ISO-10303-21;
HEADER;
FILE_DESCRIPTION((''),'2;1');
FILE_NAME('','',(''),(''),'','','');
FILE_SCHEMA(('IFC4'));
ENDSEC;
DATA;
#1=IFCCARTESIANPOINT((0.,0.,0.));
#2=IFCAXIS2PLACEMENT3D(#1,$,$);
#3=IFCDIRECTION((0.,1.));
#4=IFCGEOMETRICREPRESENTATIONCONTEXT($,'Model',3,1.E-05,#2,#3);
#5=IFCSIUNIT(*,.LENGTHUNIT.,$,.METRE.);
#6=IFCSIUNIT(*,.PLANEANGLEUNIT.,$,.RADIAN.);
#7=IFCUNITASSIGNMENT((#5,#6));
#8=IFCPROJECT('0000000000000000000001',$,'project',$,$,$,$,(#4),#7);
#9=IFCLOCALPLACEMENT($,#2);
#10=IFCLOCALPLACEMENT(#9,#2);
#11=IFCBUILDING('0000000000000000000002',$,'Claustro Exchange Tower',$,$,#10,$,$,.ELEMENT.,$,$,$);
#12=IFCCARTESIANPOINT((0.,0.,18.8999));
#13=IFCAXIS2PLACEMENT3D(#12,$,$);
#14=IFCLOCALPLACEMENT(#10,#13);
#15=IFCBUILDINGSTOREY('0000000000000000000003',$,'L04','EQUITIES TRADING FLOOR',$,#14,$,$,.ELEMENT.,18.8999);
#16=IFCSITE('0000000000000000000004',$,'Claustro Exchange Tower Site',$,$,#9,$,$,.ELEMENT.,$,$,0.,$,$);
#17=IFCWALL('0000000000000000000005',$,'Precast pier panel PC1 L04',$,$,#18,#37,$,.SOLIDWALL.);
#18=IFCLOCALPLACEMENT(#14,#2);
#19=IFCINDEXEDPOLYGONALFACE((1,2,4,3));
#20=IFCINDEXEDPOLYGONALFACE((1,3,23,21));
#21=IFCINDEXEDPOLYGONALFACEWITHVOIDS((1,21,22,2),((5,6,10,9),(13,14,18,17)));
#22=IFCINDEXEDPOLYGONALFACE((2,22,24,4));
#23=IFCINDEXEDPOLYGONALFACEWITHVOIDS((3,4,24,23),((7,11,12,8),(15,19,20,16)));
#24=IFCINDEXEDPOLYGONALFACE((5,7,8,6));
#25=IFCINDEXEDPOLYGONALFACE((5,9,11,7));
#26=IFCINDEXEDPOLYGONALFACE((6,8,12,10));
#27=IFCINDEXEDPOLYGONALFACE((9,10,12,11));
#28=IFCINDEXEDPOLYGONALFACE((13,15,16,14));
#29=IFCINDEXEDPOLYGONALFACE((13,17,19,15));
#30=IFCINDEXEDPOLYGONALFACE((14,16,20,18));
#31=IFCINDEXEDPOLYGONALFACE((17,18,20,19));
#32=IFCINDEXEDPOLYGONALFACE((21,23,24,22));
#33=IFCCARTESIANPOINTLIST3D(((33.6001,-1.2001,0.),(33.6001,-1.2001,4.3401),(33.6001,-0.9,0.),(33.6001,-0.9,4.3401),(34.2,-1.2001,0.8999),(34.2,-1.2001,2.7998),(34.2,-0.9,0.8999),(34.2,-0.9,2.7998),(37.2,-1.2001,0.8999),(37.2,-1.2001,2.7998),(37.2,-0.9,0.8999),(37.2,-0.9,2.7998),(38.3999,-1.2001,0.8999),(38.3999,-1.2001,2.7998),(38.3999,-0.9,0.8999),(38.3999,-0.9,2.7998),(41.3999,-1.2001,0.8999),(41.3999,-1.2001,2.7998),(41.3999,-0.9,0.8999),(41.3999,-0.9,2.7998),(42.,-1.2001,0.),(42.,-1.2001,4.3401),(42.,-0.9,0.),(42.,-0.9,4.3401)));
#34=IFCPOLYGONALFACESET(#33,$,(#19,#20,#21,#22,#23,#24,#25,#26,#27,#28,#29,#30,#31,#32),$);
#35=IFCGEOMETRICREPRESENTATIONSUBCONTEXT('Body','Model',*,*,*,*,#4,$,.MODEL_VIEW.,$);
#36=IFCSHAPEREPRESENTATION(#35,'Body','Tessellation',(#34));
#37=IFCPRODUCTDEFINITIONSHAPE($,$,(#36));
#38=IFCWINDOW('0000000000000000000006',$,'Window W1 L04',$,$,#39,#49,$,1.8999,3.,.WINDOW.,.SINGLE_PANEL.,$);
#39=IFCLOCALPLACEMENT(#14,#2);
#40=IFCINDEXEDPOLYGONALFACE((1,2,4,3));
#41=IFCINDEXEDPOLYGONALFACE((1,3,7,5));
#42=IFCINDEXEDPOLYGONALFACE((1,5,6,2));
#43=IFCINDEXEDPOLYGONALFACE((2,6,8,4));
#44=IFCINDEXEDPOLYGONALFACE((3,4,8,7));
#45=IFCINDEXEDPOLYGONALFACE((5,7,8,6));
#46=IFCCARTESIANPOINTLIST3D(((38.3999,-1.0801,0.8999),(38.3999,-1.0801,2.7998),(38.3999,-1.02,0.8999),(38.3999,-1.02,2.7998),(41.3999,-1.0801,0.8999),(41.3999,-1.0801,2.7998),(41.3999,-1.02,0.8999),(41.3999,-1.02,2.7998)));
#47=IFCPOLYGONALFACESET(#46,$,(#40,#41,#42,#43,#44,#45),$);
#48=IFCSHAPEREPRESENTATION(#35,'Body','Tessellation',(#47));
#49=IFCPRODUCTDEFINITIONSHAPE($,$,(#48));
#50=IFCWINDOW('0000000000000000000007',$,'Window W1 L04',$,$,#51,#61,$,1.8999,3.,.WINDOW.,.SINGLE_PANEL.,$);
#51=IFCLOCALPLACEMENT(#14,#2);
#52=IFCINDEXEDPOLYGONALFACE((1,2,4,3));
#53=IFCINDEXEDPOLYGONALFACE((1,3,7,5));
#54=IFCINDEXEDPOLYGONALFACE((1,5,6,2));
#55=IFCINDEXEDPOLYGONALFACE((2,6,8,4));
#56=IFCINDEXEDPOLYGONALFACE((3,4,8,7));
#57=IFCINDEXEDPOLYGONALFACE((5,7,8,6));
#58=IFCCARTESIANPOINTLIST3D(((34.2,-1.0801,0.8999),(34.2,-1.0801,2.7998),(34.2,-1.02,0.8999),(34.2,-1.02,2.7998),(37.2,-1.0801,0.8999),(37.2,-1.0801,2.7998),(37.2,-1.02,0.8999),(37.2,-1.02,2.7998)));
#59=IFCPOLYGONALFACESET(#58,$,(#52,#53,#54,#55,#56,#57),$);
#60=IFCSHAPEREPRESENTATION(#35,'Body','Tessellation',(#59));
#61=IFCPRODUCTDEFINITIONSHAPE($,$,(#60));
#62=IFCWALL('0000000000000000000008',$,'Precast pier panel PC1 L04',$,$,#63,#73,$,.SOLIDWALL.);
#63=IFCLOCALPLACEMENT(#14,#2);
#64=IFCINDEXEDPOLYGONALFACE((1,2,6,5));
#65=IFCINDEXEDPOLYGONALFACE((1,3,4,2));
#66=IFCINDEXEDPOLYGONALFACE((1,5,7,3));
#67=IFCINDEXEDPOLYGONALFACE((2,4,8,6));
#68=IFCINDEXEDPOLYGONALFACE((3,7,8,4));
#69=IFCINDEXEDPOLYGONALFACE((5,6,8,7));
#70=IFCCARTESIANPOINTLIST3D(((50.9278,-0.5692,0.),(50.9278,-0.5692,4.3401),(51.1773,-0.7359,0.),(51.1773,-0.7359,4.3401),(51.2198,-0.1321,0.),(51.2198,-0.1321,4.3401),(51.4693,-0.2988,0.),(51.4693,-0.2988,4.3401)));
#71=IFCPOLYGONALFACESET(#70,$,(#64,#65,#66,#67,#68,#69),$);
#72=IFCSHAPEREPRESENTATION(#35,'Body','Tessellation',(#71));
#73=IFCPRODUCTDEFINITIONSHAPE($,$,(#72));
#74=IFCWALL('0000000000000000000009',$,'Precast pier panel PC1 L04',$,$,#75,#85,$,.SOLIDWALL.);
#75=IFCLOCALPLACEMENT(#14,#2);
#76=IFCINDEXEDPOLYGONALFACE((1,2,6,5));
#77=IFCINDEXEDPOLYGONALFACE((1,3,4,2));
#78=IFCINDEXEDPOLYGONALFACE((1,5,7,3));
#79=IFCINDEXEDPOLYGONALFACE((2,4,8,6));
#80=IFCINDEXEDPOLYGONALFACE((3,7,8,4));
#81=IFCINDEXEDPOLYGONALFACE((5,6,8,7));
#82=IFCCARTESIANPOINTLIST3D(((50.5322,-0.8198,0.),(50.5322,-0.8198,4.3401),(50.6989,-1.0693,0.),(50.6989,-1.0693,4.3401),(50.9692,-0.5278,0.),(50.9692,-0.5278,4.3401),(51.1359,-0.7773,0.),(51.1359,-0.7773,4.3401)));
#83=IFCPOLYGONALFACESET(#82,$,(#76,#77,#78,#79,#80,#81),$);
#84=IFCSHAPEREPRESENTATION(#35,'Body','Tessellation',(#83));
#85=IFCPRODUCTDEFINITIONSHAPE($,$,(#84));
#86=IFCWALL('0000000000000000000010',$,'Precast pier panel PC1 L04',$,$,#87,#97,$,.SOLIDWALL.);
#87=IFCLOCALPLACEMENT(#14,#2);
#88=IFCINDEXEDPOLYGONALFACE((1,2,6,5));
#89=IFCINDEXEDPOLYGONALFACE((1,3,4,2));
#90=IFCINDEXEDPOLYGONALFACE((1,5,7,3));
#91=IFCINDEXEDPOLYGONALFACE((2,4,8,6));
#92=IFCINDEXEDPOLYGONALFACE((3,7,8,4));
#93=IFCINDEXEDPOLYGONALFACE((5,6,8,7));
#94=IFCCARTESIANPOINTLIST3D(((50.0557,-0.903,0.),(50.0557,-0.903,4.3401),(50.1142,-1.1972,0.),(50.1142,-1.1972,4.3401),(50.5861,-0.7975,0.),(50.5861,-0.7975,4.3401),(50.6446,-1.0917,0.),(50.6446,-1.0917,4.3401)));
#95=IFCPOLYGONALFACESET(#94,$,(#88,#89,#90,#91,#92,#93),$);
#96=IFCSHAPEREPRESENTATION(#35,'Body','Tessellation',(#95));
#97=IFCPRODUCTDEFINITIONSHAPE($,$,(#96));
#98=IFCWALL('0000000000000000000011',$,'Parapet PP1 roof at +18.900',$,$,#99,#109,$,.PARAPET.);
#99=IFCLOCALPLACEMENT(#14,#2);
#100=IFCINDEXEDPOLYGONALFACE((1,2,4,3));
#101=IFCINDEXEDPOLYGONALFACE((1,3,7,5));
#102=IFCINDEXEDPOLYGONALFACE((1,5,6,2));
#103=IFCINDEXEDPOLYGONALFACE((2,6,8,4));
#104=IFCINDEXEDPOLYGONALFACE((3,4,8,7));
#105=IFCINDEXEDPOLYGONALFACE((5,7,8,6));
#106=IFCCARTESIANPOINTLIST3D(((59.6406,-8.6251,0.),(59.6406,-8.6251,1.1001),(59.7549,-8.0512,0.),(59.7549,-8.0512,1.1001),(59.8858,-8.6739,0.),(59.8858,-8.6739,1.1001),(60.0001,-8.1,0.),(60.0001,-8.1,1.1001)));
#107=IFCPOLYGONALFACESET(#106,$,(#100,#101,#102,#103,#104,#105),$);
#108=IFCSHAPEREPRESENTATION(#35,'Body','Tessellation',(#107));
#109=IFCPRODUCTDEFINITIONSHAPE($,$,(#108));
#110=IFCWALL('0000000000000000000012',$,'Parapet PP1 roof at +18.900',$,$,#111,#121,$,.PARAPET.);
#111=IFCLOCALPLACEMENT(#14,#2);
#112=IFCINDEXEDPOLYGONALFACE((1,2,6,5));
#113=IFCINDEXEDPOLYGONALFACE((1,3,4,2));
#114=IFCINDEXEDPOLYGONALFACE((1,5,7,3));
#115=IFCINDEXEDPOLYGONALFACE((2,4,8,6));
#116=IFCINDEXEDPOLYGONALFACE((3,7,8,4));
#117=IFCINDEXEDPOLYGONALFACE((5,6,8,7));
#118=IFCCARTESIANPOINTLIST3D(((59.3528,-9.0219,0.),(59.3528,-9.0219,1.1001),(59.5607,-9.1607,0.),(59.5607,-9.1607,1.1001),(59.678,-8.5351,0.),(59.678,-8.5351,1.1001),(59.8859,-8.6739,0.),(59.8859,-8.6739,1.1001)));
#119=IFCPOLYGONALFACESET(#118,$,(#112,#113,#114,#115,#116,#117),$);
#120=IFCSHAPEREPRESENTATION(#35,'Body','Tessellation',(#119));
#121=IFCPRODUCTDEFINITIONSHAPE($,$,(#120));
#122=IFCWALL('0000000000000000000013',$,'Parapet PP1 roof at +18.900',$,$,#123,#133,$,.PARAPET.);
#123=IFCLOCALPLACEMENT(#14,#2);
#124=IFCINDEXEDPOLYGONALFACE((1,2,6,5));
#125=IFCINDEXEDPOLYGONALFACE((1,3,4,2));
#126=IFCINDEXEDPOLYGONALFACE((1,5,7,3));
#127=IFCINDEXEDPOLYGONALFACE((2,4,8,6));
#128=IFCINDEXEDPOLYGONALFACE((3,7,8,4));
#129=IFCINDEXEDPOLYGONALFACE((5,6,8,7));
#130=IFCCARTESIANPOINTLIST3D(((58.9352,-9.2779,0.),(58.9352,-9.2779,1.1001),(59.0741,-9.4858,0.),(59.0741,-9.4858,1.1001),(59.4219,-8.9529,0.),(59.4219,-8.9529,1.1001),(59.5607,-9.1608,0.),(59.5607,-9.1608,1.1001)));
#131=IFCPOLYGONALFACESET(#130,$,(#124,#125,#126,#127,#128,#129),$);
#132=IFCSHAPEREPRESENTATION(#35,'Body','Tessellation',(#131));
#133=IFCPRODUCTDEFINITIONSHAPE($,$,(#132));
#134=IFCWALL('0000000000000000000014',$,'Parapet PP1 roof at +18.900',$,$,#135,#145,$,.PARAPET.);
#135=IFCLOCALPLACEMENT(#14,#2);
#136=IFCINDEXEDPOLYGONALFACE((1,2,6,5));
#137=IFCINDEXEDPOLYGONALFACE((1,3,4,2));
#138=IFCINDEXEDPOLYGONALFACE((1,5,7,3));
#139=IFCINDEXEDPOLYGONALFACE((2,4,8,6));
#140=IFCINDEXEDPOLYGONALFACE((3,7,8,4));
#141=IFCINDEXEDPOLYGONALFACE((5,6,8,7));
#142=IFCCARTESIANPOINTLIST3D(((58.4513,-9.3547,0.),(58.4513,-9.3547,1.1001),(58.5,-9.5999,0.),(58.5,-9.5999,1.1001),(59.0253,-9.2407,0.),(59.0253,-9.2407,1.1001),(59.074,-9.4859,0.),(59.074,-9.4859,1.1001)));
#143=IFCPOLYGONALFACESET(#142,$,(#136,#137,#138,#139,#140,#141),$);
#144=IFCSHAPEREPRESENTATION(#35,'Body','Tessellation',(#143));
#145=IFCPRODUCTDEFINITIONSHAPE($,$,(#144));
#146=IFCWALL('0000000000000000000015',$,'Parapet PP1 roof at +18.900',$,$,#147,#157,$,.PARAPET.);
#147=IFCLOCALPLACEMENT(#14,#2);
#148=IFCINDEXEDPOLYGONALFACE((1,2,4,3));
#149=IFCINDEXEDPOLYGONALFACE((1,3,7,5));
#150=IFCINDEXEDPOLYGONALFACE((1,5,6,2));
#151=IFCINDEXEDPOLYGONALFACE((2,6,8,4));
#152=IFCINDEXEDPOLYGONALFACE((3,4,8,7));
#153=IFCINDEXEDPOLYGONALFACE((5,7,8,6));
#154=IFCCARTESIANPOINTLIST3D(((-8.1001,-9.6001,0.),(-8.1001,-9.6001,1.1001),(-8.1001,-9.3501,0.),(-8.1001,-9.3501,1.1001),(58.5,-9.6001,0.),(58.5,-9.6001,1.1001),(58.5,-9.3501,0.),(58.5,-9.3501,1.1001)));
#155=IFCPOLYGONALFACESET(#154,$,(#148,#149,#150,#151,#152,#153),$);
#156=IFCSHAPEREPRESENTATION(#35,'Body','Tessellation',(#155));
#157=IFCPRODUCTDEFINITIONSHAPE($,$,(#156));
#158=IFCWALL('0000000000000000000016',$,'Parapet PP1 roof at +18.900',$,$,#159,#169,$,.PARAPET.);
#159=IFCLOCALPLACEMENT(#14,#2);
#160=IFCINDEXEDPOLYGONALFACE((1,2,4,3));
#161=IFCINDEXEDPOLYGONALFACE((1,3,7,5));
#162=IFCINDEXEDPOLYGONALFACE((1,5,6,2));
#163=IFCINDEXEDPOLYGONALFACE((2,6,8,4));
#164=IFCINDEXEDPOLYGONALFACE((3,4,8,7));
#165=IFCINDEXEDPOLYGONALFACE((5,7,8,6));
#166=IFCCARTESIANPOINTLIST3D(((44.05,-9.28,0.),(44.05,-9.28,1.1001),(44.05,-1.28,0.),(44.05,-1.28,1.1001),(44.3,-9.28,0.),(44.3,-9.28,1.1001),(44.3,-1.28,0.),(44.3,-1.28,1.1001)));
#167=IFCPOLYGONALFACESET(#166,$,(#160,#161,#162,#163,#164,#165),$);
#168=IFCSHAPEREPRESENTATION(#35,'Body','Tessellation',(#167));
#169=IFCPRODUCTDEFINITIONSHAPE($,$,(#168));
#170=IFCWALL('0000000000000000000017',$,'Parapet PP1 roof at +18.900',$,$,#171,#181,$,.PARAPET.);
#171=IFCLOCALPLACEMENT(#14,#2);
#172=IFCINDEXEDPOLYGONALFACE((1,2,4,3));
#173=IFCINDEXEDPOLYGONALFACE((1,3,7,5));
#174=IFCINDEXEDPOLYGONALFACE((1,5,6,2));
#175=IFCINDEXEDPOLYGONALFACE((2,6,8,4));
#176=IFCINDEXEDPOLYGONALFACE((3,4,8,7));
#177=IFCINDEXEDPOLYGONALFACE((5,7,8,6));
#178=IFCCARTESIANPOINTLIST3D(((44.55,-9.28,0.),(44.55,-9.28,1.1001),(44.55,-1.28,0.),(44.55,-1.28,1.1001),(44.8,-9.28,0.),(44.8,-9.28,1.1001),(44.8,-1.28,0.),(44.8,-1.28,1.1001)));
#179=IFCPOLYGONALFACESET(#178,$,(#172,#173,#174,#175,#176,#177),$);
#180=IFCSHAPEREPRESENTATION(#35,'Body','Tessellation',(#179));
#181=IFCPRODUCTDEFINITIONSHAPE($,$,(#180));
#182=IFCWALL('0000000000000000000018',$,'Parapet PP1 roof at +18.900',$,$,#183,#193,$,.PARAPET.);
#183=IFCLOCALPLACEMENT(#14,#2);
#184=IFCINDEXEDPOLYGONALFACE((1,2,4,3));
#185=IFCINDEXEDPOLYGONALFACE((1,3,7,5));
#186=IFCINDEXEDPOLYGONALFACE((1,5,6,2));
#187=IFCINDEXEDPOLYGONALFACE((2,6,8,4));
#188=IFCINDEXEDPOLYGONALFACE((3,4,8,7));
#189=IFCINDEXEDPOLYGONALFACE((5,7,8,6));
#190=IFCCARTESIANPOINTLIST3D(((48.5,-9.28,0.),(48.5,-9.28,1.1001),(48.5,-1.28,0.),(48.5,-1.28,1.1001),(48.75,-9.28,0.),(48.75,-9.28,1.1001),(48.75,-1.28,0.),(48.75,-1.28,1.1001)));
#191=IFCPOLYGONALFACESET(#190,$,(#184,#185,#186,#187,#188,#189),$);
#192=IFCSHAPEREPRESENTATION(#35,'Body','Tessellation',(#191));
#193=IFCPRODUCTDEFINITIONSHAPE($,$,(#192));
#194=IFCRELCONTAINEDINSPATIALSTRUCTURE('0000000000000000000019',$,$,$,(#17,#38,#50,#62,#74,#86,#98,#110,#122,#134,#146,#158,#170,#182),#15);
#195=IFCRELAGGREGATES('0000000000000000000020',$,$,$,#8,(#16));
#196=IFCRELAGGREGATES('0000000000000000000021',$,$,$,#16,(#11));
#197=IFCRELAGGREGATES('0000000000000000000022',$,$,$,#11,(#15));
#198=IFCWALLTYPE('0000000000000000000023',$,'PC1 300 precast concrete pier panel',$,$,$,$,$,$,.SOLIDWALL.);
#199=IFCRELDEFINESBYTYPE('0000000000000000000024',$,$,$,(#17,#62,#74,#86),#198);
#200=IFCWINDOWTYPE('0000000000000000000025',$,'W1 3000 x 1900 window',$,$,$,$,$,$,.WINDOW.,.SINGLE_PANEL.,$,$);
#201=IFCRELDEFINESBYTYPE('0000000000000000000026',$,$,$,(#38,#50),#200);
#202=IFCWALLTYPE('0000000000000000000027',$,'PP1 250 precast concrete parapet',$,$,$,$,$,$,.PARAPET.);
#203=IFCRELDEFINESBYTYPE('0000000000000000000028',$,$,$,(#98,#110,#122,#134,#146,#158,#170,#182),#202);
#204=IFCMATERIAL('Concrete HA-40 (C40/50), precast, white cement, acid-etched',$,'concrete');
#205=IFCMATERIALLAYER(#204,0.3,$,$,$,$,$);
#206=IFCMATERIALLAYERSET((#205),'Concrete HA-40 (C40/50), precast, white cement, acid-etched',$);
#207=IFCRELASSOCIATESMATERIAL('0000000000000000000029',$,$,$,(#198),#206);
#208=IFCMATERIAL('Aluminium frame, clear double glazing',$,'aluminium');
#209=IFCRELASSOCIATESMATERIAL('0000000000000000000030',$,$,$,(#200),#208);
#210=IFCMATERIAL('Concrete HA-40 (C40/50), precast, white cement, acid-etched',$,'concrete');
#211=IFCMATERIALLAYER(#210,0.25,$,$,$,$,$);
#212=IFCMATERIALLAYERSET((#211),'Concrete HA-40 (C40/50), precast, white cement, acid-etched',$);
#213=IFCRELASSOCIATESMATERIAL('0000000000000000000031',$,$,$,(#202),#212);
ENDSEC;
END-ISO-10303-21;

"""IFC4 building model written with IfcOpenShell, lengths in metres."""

from ifc_helpers import new_model, si_unit, direction, frame, frame_2d, origin, place, context, subcontext, project, spatial, rectangle, extrude, material, layer, layer_set, type_object, element, fill, save


model = new_model("IFC4")

# Units and contexts
model_context = context("Model", 3, precision=1e-05, world=origin(), true_north=direction((0.0, 1.0)))
body_context = subcontext(model_context, "Body", "Model", "MODEL_VIEW")
ifc_project = project(units=[si_unit("LENGTHUNIT", "METRE"), si_unit("PLANEANGLEUNIT", "RADIAN")], contexts=[model_context])

# Site, building, storey
site_placement = place(None, origin())
site = spatial("IfcSite", under=ifc_project, at=site_placement, Name="Claustro Exchange Tower Site", CompositionType="ELEMENT", RefElevation=0.0)
building_placement = place(site_placement, origin())
building = spatial("IfcBuilding", under=site, at=building_placement, Name="Claustro Exchange Tower", CompositionType="ELEMENT")
storey_placement = place(building_placement, frame((0.0, 0.0, 18.8999)))
storey = spatial("IfcBuildingStorey", under=building, at=storey_placement, Name="L04", Description="EQUITIES TRADING FLOOR", CompositionType="ELEMENT", Elevation=18.8999)

# Shared definitions
ifc_material_1 = material(Name="Concrete HA-40 (C40/50), precast, white cement, acid-etched", Category="concrete")
ifc_layer_1 = layer(ifc_material_1, 0.3)
ifc_layer_set_1 = layer_set([ifc_layer_1], Name="Concrete HA-40 (C40/50), precast, white cement, acid-etched")
wall_type_1 = type_object("IfcWallType", Name="PC1 300 precast concrete pier panel", PredefinedType="SOLIDWALL", material=ifc_layer_set_1)
ifc_material_2 = material(Name="Aluminium frame, clear double glazing", Category="aluminium")
window_type = type_object("IfcWindowType", Name="W1 3000 x 1900 window", PartitioningType="SINGLE_PANEL", PredefinedType="WINDOW", material=ifc_material_2)

# Wall, openings, windows
wall_1_placement = place(storey_placement, frame((42.0, -1.05, 0.0), z_axis=(0.0, 0.0, 1.0), x_axis=(-1.0, 0.0, 0.0)))
wall_1 = element("IfcWall", 1, at=wall_1_placement, inside=storey, type_object=wall_type_1, Name="Precast pier panel PC1 L04", PredefinedType="SOLIDWALL", context=body_context, shape_type="SweptSolid", body=[
    extrude(rectangle(XDim=8.3999, YDim=0.3, at=frame_2d((4.2, 0.0))), origin(), (0.0, 0.0, 1.0), 4.3401),
])
opening_1_placement = place(wall_1_placement, frame((0.6001, 0.0, 0.8999)))
opening_1 = element("IfcOpeningElement", 2, at=opening_1_placement, cuts=wall_1, PredefinedType="OPENING", context=body_context, shape_type="SweptSolid", body=[
    extrude(rectangle(XDim=3.0, YDim=1.8999, at=frame_2d((1.5, 0.95))), frame((0.0, 0.1599, 0.0), z_axis=(0.0, -1.0, 0.0), x_axis=(1.0, 0.0, 0.0)), (0.0, 0.0, 1.0), 0.3201),
])
opening_2_placement = place(wall_1_placement, frame((4.8, 0.0, 0.8999)))
opening_2 = element("IfcOpeningElement", 3, at=opening_2_placement, cuts=wall_1, PredefinedType="OPENING", context=body_context, shape_type="SweptSolid", body=[
    extrude(rectangle(XDim=3.0, YDim=1.8999, at=frame_2d((1.5, 0.95))), frame((0.0, 0.1599, 0.0), z_axis=(0.0, -1.0, 0.0), x_axis=(1.0, 0.0, 0.0)), (0.0, 0.0, 1.0), 0.3201),
])
window_1_placement = place(opening_1_placement, origin())
window_1 = element("IfcWindow", 4, at=window_1_placement, inside=storey, type_object=window_type, Name="Window W1 L04", OverallHeight=1.8999, OverallWidth=3.0, PartitioningType="SINGLE_PANEL", PredefinedType="WINDOW", context=body_context, shape_type="SweptSolid", body=[
    extrude(rectangle(XDim=3.0, YDim=1.8999, at=frame_2d((1.5, 0.95))), frame((0.0, 0.03, 0.0), z_axis=(0.0, -1.0, 0.0), x_axis=(1.0, 0.0, 0.0)), (0.0, 0.0, 1.0), 0.0601),
])
fill(opening_1, window_1)
window_2_placement = place(opening_2_placement, origin())
window_2 = element("IfcWindow", 5, at=window_2_placement, inside=storey, type_object=window_type, Name="Window W1 L04", OverallHeight=1.8999, OverallWidth=3.0, PartitioningType="SINGLE_PANEL", PredefinedType="WINDOW", context=body_context, shape_type="SweptSolid", body=[
    extrude(rectangle(XDim=3.0, YDim=1.8999, at=frame_2d((1.5, 0.95))), frame((0.0, 0.03, 0.0), z_axis=(0.0, -1.0, 0.0), x_axis=(1.0, 0.0, 0.0)), (0.0, 0.0, 1.0), 0.0601),
])
fill(opening_2, window_2)

# Walls
for number, where, z_axis, x_axis, name in (
    (6, (51.3445, -0.2156, 0.0), (0.0, 0.0, 1.0), (-0.555557, -0.831478, 0.0), "Precast pier panel PC1 L04"),
    (7, (51.0525, -0.6526, 0.0), (0.0, 0.0, 1.0), (-0.831478, -0.555557, 0.0), "Precast pier panel PC1 L04"),
):
    element("IfcWall", number, at=place(storey_placement, frame(where, z_axis=z_axis, x_axis=x_axis)), inside=storey, type_object=wall_type_1, Name=name, PredefinedType="SOLIDWALL", context=body_context, shape_type="SweptSolid", body=[
        extrude(rectangle(XDim=0.5256, YDim=0.3, at=frame_2d((0.2627, 0.0))), origin(), (0.0, 0.0, 1.0), 4.3401),
    ])
wall_2_placement = place(storey_placement, frame((50.6155, -0.9446, 0.0), z_axis=(0.0, 0.0, 1.0), x_axis=(-0.980789, -0.195074, 0.0)))
element("IfcWall", 8, at=wall_2_placement, inside=storey, type_object=wall_type_1, Name="Precast pier panel PC1 L04", PredefinedType="SOLIDWALL", context=body_context, shape_type="SweptSolid", body=[
    extrude(rectangle(XDim=0.5408, YDim=0.3, at=frame_2d((0.2705, 0.0))), origin(), (0.0, 0.0, 1.0), 4.3401),
])
ifc_material_3 = material(Name="Concrete HA-40 (C40/50), precast, white cement, acid-etched", Category="concrete")
ifc_layer_2 = layer(ifc_material_3, 0.25)
ifc_layer_set_2 = layer_set([ifc_layer_2], Name="Concrete HA-40 (C40/50), precast, white cement, acid-etched")
wall_type_2 = type_object("IfcWallType", Name="PP1 250 precast concrete parapet", PredefinedType="PARAPET", material=ifc_layer_set_2)
wall_3_placement = place(storey_placement, frame((59.8774, -8.0757, 0.0), z_axis=(0.0, 0.0, 1.0), x_axis=(-0.195234, -0.980757, 0.0)))
element("IfcWall", 9, at=wall_3_placement, inside=storey, type_object=wall_type_2, Name="Parapet PP1 roof at +18.900", PredefinedType="PARAPET", context=body_context, shape_type="SweptSolid", body=[
    extrude(rectangle(XDim=0.5852, YDim=0.25, at=frame_2d((0.2925, 0.0))), origin(), (0.0, 0.0, 1.0), 1.1001),
])
wall_4_placement = place(storey_placement, frame((59.782, -8.6045, 0.0), z_axis=(0.0, 0.0, 1.0), x_axis=(-0.55547, -0.831537, 0.0)))
element("IfcWall", 10, at=wall_4_placement, inside=storey, type_object=wall_type_2, Name="Parapet PP1 roof at +18.900", PredefinedType="PARAPET", context=body_context, shape_type="SweptSolid", body=[
    extrude(rectangle(XDim=0.5854, YDim=0.25, at=frame_2d((0.2927, 0.0))), origin(), (0.0, 0.0, 1.0), 1.1001),
])
for number, where, z_axis, x_axis, name in (
    (11, (59.4912, -9.0569, 0.0), (0.0, 0.0, 1.0), (-0.831601, -0.555374, 0.0), "Parapet PP1 roof at +18.900"),
    (12, (59.0496, -9.3633, 0.0), (0.0, 0.0, 1.0), (-0.980837, -0.194832, 0.0), "Parapet PP1 roof at +18.900"),
):
    element("IfcWall", number, at=place(storey_placement, frame(where, z_axis=z_axis, x_axis=x_axis)), inside=storey, type_object=wall_type_2, Name=name, PredefinedType="PARAPET", context=body_context, shape_type="SweptSolid", body=[
        extrude(rectangle(XDim=0.5852, YDim=0.25, at=frame_2d((0.2925, 0.0))), origin(), (0.0, 0.0, 1.0), 1.1001),
    ])
wall_5_placement = place(storey_placement, frame((58.5, -9.4751, 0.0), z_axis=(0.0, 0.0, 1.0), x_axis=(-1.0, 0.0, 0.0)))
element("IfcWall", 13, at=wall_5_placement, inside=storey, type_object=wall_type_2, Name="Parapet PP1 roof at +18.900", PredefinedType="PARAPET", context=body_context, shape_type="SweptSolid", body=[
    extrude(rectangle(XDim=66.6001, YDim=0.25, at=frame_2d((33.3, 0.0))), origin(), (0.0, 0.0, 1.0), 1.1001),
])
for number, where, z_axis, x_axis, name in (
    (14, (44.175, -1.28, 0.0), (0.0, 0.0, 1.0), (0.0, -1.0, 0.0), "Parapet PP1 roof at +18.900"),
    (15, (44.675, -9.28, 0.0), (0.0, 0.0, 1.0), (0.0, 1.0, 0.0), "Parapet PP1 roof at +18.900"),
    (16, (48.625, -1.28, 0.0), (0.0, 0.0, 1.0), (0.0, -1.0, 0.0), "Parapet PP1 roof at +18.900"),
):
    element("IfcWall", number, at=place(storey_placement, frame(where, z_axis=z_axis, x_axis=x_axis)), inside=storey, type_object=wall_type_2, Name=name, PredefinedType="PARAPET", context=body_context, shape_type="SweptSolid", body=[
        extrude(rectangle(XDim=8.0, YDim=0.25, at=frame_2d((4.0, 0.0))), origin(), (0.0, 0.0, 1.0), 1.1001),
    ])

save(model, "model.ifc")
